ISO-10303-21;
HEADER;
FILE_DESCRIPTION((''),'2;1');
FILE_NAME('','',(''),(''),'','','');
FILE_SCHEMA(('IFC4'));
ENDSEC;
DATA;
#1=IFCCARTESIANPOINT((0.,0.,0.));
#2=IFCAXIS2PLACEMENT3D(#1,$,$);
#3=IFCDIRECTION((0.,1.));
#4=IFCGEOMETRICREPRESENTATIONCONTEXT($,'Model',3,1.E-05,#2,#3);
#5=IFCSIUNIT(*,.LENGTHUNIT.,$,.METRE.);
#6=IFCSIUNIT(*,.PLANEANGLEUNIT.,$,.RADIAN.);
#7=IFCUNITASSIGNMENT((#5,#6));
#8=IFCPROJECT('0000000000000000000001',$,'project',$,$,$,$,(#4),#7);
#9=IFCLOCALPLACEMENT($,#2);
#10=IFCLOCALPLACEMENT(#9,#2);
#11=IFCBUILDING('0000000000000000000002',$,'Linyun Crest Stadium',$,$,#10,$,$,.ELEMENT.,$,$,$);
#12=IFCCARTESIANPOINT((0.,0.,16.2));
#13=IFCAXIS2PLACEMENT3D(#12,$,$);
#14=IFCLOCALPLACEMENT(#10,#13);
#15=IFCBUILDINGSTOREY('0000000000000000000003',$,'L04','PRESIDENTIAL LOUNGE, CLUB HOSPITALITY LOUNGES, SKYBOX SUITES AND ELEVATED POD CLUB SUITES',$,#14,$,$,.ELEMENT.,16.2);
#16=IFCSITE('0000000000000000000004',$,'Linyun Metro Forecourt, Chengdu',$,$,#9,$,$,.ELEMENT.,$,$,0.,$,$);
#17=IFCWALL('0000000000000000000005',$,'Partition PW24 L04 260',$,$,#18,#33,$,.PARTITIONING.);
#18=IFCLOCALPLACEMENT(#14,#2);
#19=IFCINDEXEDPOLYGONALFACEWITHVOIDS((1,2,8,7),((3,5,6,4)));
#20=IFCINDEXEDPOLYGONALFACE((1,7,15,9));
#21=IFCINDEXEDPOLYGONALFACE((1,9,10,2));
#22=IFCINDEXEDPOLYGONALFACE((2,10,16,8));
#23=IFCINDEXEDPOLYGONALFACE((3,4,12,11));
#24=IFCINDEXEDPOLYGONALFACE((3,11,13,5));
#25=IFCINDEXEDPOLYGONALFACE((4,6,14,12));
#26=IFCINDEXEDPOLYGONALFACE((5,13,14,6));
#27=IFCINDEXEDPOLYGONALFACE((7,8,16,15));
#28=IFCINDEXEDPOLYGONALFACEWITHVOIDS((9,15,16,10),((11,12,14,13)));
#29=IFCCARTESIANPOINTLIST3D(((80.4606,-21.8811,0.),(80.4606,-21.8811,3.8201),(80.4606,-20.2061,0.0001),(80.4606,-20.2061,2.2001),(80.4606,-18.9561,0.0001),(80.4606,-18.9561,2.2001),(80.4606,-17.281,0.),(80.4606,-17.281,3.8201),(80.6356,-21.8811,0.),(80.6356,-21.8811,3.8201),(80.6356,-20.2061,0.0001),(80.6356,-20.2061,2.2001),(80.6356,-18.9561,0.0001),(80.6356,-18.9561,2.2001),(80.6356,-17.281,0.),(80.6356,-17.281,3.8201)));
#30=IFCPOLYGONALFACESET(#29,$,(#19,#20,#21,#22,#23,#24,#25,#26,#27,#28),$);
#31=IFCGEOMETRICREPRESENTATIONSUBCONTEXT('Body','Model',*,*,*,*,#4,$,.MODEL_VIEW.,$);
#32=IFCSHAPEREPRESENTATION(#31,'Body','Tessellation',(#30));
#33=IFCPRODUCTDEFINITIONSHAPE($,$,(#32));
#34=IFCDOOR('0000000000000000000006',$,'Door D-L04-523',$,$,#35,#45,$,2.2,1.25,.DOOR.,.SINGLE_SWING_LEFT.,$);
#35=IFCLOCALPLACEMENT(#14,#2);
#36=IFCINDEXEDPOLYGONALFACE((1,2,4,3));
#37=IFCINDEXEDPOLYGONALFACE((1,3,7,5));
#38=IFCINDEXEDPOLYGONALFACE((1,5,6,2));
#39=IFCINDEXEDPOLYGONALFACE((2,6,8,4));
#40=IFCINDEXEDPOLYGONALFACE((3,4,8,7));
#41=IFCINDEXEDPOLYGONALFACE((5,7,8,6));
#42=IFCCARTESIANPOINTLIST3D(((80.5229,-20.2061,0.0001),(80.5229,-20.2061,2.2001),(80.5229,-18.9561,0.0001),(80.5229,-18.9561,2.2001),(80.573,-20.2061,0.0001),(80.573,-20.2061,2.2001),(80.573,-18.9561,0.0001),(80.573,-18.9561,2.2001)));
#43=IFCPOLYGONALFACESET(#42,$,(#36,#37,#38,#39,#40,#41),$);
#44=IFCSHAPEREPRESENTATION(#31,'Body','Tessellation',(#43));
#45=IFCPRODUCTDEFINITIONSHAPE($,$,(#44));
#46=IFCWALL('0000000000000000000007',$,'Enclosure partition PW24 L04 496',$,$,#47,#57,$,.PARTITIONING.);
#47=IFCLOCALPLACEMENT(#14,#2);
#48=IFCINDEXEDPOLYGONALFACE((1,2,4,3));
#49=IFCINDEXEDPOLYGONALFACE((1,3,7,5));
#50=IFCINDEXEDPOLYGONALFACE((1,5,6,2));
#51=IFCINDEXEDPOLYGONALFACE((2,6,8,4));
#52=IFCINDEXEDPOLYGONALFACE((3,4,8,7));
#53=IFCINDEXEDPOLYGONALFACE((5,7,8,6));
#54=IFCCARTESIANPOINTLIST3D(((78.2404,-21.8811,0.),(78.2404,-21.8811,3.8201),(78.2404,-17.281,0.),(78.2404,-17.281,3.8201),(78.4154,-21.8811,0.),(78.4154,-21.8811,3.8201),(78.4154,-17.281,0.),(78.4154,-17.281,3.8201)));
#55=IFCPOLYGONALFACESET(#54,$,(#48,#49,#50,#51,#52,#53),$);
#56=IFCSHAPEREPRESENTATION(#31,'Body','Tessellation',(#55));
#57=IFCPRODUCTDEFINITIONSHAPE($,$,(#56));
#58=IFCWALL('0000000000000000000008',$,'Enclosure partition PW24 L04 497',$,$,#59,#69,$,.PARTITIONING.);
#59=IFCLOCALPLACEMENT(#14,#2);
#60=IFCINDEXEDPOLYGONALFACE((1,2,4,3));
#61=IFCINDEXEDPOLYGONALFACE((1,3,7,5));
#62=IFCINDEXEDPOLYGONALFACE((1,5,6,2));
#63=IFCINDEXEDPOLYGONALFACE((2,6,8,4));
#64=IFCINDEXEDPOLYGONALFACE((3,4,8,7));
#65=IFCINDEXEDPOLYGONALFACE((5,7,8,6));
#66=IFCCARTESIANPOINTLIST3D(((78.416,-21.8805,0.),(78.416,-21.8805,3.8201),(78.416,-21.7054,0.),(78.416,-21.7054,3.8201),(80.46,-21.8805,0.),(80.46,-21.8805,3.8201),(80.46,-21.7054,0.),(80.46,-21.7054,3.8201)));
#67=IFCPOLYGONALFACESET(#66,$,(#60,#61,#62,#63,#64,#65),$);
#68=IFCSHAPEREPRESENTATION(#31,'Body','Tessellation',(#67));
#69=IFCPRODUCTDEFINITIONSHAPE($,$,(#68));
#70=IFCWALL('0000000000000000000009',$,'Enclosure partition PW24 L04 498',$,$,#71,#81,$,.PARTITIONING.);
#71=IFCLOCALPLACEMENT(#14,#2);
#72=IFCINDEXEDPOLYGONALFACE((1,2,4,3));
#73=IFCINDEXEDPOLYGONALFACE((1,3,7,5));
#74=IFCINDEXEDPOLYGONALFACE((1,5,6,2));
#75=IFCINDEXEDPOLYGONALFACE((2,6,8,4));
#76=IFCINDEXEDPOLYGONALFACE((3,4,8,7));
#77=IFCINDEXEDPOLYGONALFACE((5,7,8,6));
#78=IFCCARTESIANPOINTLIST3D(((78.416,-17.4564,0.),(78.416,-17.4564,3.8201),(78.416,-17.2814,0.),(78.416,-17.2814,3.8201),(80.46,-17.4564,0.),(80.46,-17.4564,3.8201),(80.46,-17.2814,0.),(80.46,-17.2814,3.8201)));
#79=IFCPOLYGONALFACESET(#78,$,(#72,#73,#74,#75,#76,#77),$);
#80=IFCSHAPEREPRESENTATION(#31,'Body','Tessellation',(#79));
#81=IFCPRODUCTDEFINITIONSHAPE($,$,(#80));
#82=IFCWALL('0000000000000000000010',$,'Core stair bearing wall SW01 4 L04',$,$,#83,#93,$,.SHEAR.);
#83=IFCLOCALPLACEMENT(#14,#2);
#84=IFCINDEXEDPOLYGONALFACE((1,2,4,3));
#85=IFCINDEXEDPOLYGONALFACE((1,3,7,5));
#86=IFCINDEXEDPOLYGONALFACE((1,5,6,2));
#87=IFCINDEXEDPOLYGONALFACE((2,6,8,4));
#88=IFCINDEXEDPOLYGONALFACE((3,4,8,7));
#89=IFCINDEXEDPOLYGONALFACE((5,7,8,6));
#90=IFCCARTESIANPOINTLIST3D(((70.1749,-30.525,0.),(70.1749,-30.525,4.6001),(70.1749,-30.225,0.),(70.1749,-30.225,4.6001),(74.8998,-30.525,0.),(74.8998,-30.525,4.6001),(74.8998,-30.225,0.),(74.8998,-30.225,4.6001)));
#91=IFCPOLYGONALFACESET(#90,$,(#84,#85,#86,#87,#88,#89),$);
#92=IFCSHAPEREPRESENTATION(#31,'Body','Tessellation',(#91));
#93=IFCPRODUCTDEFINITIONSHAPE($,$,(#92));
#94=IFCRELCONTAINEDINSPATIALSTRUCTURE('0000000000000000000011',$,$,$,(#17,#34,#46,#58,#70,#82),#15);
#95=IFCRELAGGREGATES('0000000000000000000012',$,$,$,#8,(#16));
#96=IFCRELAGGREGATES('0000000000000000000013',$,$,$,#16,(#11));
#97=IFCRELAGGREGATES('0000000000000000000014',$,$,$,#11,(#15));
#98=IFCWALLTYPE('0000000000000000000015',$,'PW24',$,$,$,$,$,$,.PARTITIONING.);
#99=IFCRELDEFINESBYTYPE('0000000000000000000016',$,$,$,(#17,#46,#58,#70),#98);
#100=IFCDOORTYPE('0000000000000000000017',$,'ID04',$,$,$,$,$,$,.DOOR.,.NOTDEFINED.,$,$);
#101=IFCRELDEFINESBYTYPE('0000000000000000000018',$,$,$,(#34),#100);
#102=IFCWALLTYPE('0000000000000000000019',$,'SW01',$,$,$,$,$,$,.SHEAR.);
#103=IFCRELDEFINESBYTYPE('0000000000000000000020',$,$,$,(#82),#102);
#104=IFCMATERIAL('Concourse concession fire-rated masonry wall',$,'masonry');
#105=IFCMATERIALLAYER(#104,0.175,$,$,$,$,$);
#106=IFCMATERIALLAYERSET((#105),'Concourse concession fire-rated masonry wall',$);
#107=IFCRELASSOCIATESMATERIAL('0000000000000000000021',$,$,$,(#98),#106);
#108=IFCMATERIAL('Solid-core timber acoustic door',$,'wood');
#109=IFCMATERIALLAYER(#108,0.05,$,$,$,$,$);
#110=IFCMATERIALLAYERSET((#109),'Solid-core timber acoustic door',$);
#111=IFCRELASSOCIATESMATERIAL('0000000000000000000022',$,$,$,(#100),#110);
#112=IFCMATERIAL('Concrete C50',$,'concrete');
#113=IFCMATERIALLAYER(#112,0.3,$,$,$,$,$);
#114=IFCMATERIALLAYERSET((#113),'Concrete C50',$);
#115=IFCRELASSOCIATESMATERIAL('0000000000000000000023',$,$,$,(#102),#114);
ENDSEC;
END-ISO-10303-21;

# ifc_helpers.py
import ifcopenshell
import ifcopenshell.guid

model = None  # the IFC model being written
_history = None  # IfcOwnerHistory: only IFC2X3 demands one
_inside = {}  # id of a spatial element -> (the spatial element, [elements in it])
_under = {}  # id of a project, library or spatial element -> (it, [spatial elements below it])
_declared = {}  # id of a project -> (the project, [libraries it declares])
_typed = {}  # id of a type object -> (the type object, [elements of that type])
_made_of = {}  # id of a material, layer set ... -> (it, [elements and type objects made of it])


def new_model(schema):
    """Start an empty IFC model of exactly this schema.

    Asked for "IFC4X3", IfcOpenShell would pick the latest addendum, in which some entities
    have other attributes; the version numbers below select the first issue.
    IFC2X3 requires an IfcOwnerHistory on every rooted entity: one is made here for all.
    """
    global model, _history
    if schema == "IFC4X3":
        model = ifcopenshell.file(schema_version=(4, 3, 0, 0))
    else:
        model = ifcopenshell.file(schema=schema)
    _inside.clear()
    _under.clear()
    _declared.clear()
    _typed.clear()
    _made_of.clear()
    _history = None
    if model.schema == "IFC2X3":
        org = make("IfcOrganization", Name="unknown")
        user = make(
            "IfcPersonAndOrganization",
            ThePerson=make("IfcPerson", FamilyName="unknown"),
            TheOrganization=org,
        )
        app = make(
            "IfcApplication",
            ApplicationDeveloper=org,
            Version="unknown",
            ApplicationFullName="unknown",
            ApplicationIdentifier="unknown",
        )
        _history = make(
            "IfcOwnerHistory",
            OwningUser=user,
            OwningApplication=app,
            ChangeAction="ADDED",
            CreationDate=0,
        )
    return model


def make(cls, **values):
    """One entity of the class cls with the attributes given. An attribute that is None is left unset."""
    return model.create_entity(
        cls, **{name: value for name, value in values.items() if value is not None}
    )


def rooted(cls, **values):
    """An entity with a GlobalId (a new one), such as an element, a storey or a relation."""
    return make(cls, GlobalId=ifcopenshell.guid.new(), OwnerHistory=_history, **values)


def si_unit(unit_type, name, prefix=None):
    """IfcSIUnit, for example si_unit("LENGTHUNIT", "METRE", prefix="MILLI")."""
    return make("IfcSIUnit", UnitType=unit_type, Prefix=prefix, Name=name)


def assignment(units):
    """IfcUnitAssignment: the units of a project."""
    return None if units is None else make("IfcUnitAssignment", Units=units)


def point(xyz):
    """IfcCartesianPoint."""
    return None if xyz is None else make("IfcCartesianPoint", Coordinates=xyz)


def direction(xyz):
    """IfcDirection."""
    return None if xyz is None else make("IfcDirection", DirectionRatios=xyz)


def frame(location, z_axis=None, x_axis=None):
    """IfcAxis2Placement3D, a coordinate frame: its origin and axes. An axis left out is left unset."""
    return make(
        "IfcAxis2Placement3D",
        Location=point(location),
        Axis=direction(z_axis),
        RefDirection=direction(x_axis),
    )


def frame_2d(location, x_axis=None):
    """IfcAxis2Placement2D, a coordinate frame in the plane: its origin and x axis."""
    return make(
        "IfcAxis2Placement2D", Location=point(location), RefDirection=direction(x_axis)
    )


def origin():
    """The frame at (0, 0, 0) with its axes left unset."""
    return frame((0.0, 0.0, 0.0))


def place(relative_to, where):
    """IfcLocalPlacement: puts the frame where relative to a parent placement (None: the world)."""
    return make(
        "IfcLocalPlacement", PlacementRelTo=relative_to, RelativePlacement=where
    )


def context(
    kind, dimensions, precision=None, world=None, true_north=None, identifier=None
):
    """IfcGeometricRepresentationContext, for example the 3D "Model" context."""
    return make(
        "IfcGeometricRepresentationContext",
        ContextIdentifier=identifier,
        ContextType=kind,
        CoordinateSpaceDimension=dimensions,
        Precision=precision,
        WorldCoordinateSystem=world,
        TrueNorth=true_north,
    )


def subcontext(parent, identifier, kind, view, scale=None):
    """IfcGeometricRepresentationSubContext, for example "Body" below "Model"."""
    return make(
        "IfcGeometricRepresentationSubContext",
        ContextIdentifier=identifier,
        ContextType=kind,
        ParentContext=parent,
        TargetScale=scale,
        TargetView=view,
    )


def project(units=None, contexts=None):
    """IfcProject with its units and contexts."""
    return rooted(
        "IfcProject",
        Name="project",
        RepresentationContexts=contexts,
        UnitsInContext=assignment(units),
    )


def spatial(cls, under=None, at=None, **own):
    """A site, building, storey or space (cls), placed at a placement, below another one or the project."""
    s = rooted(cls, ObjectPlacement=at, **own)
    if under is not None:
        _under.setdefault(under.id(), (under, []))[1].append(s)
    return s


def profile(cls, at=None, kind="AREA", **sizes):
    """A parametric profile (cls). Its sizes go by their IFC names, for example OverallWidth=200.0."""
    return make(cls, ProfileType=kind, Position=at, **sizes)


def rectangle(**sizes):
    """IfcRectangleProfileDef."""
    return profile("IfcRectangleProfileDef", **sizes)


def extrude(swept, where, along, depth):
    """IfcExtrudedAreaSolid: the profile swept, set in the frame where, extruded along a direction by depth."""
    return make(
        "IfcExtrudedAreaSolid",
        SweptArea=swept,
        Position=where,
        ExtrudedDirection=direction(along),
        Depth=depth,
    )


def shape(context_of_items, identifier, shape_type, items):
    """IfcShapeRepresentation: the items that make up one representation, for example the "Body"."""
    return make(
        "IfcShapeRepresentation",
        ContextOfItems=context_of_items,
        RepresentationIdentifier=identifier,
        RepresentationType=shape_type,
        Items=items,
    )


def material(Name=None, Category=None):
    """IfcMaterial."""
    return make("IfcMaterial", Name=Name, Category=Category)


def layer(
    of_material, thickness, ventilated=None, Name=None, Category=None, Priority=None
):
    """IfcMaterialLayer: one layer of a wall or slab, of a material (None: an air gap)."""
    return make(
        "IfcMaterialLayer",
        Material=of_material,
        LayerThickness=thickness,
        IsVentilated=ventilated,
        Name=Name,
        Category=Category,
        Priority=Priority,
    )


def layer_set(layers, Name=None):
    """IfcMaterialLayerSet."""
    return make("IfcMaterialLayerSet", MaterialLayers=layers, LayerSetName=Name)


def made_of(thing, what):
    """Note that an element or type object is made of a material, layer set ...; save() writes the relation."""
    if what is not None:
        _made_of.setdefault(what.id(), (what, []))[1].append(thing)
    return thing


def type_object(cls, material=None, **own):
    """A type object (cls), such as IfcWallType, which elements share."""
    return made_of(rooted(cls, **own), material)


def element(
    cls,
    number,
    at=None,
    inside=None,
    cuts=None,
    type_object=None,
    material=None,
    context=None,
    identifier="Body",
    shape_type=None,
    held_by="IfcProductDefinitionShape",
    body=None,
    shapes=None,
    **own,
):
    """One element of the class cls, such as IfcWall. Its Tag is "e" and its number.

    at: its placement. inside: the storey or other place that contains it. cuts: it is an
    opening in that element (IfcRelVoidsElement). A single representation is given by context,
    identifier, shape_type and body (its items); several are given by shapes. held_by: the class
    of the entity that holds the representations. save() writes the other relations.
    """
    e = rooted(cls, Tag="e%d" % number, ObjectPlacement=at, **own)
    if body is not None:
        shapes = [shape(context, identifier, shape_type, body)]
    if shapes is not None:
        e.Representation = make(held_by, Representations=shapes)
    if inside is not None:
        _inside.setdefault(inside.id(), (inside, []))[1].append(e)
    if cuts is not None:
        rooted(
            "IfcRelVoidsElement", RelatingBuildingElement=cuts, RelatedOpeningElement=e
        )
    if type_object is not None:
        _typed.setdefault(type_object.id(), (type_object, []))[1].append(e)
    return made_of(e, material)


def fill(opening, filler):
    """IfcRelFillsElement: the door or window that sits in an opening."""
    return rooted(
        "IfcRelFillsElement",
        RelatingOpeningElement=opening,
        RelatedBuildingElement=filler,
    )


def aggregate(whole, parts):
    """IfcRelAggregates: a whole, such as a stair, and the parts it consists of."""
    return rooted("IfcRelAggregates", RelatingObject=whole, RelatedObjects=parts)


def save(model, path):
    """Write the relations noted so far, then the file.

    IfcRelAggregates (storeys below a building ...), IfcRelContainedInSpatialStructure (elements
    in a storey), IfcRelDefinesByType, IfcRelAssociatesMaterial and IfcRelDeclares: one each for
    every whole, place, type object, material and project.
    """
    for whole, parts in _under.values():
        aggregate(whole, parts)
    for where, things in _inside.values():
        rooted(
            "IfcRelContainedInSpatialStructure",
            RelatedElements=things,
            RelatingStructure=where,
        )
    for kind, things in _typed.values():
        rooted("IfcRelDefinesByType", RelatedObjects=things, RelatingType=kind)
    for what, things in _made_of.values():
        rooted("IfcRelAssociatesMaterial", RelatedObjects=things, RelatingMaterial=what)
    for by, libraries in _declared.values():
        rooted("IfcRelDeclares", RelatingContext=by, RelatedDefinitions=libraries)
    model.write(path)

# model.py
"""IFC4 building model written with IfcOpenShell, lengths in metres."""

from ifc_helpers import new_model, si_unit, direction, frame, frame_2d, origin, place, context, subcontext, project, spatial, rectangle, extrude, material, layer, layer_set, type_object, element, fill, save


model = new_model("IFC4")

# Units and contexts
model_context = context("Model", 3, precision=1e-05, world=origin(), true_north=direction((0.0, 1.0)))
body_context = subcontext(model_context, "Body", "Model", "MODEL_VIEW")
ifc_project = project(units=[si_unit("LENGTHUNIT", "METRE"), si_unit("PLANEANGLEUNIT", "RADIAN")], contexts=[model_context])

# Site, building, storey
site_placement = place(None, origin())
site = spatial("IfcSite", under=ifc_project, at=site_placement, Name="Linyun Metro Forecourt, Chengdu", CompositionType="ELEMENT", RefElevation=0.0)
building_placement = place(site_placement, origin())
building = spatial("IfcBuilding", under=site, at=building_placement, Name="Linyun Crest Stadium", CompositionType="ELEMENT")
storey_placement = place(building_placement, frame((0.0, 0.0, 16.2)))
storey = spatial("IfcBuildingStorey", under=building, at=storey_placement, Name="L04", Description="PRESIDENTIAL LOUNGE, CLUB HOSPITALITY LOUNGES, SKYBOX SUITES AND ELEVATED POD CLUB SUITES", CompositionType="ELEMENT", Elevation=16.2)

# Wall, opening, door
ifc_material_1 = material(Name="Concourse concession fire-rated masonry wall", Category="masonry")
ifc_layer_1 = layer(ifc_material_1, 0.175)
ifc_layer_set_1 = layer_set([ifc_layer_1], Name="Concourse concession fire-rated masonry wall")
wall_type_1 = type_object("IfcWallType", Name="PW24", PredefinedType="PARTITIONING", material=ifc_layer_set_1)
wall_1_placement = place(storey_placement, frame((80.5481, -17.281, 0.0), z_axis=(0.0, 0.0, 1.0), x_axis=(0.0, -1.0, 0.0)))
wall_1 = element("IfcWall", 1, at=wall_1_placement, inside=storey, type_object=wall_type_1, Name="Partition PW24 L04 260", PredefinedType="PARTITIONING", context=body_context, shape_type="SweptSolid", body=[
    extrude(rectangle(XDim=4.6001, YDim=0.175, at=frame_2d((2.3, 0.0))), origin(), (0.0, 0.0, 1.0), 3.8201),
])
opening_1_placement = place(wall_1_placement, frame((1.675, 0.0, 0.0)))
opening_1 = element("IfcOpeningElement", 2, at=opening_1_placement, cuts=wall_1, PredefinedType="OPENING", context=body_context, shape_type="SweptSolid", body=[
    extrude(rectangle(XDim=1.25, YDim=2.2, at=frame_2d((0.625, 1.1001))), frame((0.0, 0.0974, 0.0), z_axis=(0.0, -1.0, 0.0), x_axis=(1.0, 0.0, 0.0)), (0.0, 0.0, 1.0), 0.1951),
])
ifc_material_2 = material(Name="Solid-core timber acoustic door", Category="wood")
ifc_layer_2 = layer(ifc_material_2, 0.05)
ifc_layer_set_2 = layer_set([ifc_layer_2], Name="Solid-core timber acoustic door")
door_type_1 = type_object("IfcDoorType", Name="ID04", OperationType="NOTDEFINED", PredefinedType="DOOR", material=ifc_layer_set_2)
door_1_placement = place(opening_1_placement, origin())
door_1 = element("IfcDoor", 3, at=door_1_placement, inside=storey, type_object=door_type_1, Name="Door D-L04-523", OperationType="SINGLE_SWING_LEFT", OverallHeight=2.2, OverallWidth=1.25, PredefinedType="DOOR", context=body_context, shape_type="SweptSolid", body=[
    extrude(rectangle(XDim=1.25, YDim=2.2, at=frame_2d((0.625, 1.1001))), frame((0.0, 0.0249, 0.0), z_axis=(0.0, -1.0, 0.0), x_axis=(1.0, 0.0, 0.0)), (0.0, 0.0, 1.0), 0.05),
])
fill(opening_1, door_1)

# Walls
wall_2_placement = place(storey_placement, frame((78.3279, -21.8811, 0.0), z_axis=(0.0, 0.0, 1.0), x_axis=(0.0, 1.0, 0.0)))
element("IfcWall", 4, at=wall_2_placement, inside=storey, type_object=wall_type_1, Name="Enclosure partition PW24 L04 496", PredefinedType="PARTITIONING", context=body_context, shape_type="SweptSolid", body=[
    extrude(rectangle(XDim=4.6001, YDim=0.175, at=frame_2d((2.3, 0.0))), origin(), (0.0, 0.0, 1.0), 3.8201),
])
for number, where, z_axis, x_axis, name in (
    (5, (78.416, -21.793, 0.0), (0.0, 0.0, 1.0), (1.0, 0.0, 0.0), "Enclosure partition PW24 L04 497"),
    (6, (78.416, -17.3689, 0.0), (0.0, 0.0, 1.0), (1.0, 0.0, 0.0), "Enclosure partition PW24 L04 498"),
):
    element("IfcWall", number, at=place(storey_placement, frame(where, z_axis=z_axis, x_axis=x_axis)), inside=storey, type_object=wall_type_1, Name=name, PredefinedType="PARTITIONING", context=body_context, shape_type="SweptSolid", body=[
        extrude(rectangle(XDim=2.0439, YDim=0.175, at=frame_2d((1.022, 0.0))), origin(), (0.0, 0.0, 1.0), 3.8201),
    ])
ifc_material_3 = material(Name="Concrete C50", Category="concrete")
ifc_layer_3 = layer(ifc_material_3, 0.3)
ifc_layer_set_3 = layer_set([ifc_layer_3], Name="Concrete C50")
wall_type_2 = type_object("IfcWallType", Name="SW01", PredefinedType="SHEAR", material=ifc_layer_set_3)
wall_3_placement = place(storey_placement, frame((70.175, -30.375, 0.0), z_axis=(0.0, 0.0, 1.0), x_axis=(1.0, 0.0, 0.0)))
element("IfcWall", 7, at=wall_3_placement, inside=storey, type_object=wall_type_2, Name="Core stair bearing wall SW01 4 L04", PredefinedType="SHEAR", context=body_context, shape_type="SweptSolid", body=[
    extrude(rectangle(XDim=4.7249, YDim=0.3, at=frame_2d((2.3623, 0.0))), origin(), (0.0, 0.0, 1.0), 4.6001),
])

save(model, "model.ifc")
